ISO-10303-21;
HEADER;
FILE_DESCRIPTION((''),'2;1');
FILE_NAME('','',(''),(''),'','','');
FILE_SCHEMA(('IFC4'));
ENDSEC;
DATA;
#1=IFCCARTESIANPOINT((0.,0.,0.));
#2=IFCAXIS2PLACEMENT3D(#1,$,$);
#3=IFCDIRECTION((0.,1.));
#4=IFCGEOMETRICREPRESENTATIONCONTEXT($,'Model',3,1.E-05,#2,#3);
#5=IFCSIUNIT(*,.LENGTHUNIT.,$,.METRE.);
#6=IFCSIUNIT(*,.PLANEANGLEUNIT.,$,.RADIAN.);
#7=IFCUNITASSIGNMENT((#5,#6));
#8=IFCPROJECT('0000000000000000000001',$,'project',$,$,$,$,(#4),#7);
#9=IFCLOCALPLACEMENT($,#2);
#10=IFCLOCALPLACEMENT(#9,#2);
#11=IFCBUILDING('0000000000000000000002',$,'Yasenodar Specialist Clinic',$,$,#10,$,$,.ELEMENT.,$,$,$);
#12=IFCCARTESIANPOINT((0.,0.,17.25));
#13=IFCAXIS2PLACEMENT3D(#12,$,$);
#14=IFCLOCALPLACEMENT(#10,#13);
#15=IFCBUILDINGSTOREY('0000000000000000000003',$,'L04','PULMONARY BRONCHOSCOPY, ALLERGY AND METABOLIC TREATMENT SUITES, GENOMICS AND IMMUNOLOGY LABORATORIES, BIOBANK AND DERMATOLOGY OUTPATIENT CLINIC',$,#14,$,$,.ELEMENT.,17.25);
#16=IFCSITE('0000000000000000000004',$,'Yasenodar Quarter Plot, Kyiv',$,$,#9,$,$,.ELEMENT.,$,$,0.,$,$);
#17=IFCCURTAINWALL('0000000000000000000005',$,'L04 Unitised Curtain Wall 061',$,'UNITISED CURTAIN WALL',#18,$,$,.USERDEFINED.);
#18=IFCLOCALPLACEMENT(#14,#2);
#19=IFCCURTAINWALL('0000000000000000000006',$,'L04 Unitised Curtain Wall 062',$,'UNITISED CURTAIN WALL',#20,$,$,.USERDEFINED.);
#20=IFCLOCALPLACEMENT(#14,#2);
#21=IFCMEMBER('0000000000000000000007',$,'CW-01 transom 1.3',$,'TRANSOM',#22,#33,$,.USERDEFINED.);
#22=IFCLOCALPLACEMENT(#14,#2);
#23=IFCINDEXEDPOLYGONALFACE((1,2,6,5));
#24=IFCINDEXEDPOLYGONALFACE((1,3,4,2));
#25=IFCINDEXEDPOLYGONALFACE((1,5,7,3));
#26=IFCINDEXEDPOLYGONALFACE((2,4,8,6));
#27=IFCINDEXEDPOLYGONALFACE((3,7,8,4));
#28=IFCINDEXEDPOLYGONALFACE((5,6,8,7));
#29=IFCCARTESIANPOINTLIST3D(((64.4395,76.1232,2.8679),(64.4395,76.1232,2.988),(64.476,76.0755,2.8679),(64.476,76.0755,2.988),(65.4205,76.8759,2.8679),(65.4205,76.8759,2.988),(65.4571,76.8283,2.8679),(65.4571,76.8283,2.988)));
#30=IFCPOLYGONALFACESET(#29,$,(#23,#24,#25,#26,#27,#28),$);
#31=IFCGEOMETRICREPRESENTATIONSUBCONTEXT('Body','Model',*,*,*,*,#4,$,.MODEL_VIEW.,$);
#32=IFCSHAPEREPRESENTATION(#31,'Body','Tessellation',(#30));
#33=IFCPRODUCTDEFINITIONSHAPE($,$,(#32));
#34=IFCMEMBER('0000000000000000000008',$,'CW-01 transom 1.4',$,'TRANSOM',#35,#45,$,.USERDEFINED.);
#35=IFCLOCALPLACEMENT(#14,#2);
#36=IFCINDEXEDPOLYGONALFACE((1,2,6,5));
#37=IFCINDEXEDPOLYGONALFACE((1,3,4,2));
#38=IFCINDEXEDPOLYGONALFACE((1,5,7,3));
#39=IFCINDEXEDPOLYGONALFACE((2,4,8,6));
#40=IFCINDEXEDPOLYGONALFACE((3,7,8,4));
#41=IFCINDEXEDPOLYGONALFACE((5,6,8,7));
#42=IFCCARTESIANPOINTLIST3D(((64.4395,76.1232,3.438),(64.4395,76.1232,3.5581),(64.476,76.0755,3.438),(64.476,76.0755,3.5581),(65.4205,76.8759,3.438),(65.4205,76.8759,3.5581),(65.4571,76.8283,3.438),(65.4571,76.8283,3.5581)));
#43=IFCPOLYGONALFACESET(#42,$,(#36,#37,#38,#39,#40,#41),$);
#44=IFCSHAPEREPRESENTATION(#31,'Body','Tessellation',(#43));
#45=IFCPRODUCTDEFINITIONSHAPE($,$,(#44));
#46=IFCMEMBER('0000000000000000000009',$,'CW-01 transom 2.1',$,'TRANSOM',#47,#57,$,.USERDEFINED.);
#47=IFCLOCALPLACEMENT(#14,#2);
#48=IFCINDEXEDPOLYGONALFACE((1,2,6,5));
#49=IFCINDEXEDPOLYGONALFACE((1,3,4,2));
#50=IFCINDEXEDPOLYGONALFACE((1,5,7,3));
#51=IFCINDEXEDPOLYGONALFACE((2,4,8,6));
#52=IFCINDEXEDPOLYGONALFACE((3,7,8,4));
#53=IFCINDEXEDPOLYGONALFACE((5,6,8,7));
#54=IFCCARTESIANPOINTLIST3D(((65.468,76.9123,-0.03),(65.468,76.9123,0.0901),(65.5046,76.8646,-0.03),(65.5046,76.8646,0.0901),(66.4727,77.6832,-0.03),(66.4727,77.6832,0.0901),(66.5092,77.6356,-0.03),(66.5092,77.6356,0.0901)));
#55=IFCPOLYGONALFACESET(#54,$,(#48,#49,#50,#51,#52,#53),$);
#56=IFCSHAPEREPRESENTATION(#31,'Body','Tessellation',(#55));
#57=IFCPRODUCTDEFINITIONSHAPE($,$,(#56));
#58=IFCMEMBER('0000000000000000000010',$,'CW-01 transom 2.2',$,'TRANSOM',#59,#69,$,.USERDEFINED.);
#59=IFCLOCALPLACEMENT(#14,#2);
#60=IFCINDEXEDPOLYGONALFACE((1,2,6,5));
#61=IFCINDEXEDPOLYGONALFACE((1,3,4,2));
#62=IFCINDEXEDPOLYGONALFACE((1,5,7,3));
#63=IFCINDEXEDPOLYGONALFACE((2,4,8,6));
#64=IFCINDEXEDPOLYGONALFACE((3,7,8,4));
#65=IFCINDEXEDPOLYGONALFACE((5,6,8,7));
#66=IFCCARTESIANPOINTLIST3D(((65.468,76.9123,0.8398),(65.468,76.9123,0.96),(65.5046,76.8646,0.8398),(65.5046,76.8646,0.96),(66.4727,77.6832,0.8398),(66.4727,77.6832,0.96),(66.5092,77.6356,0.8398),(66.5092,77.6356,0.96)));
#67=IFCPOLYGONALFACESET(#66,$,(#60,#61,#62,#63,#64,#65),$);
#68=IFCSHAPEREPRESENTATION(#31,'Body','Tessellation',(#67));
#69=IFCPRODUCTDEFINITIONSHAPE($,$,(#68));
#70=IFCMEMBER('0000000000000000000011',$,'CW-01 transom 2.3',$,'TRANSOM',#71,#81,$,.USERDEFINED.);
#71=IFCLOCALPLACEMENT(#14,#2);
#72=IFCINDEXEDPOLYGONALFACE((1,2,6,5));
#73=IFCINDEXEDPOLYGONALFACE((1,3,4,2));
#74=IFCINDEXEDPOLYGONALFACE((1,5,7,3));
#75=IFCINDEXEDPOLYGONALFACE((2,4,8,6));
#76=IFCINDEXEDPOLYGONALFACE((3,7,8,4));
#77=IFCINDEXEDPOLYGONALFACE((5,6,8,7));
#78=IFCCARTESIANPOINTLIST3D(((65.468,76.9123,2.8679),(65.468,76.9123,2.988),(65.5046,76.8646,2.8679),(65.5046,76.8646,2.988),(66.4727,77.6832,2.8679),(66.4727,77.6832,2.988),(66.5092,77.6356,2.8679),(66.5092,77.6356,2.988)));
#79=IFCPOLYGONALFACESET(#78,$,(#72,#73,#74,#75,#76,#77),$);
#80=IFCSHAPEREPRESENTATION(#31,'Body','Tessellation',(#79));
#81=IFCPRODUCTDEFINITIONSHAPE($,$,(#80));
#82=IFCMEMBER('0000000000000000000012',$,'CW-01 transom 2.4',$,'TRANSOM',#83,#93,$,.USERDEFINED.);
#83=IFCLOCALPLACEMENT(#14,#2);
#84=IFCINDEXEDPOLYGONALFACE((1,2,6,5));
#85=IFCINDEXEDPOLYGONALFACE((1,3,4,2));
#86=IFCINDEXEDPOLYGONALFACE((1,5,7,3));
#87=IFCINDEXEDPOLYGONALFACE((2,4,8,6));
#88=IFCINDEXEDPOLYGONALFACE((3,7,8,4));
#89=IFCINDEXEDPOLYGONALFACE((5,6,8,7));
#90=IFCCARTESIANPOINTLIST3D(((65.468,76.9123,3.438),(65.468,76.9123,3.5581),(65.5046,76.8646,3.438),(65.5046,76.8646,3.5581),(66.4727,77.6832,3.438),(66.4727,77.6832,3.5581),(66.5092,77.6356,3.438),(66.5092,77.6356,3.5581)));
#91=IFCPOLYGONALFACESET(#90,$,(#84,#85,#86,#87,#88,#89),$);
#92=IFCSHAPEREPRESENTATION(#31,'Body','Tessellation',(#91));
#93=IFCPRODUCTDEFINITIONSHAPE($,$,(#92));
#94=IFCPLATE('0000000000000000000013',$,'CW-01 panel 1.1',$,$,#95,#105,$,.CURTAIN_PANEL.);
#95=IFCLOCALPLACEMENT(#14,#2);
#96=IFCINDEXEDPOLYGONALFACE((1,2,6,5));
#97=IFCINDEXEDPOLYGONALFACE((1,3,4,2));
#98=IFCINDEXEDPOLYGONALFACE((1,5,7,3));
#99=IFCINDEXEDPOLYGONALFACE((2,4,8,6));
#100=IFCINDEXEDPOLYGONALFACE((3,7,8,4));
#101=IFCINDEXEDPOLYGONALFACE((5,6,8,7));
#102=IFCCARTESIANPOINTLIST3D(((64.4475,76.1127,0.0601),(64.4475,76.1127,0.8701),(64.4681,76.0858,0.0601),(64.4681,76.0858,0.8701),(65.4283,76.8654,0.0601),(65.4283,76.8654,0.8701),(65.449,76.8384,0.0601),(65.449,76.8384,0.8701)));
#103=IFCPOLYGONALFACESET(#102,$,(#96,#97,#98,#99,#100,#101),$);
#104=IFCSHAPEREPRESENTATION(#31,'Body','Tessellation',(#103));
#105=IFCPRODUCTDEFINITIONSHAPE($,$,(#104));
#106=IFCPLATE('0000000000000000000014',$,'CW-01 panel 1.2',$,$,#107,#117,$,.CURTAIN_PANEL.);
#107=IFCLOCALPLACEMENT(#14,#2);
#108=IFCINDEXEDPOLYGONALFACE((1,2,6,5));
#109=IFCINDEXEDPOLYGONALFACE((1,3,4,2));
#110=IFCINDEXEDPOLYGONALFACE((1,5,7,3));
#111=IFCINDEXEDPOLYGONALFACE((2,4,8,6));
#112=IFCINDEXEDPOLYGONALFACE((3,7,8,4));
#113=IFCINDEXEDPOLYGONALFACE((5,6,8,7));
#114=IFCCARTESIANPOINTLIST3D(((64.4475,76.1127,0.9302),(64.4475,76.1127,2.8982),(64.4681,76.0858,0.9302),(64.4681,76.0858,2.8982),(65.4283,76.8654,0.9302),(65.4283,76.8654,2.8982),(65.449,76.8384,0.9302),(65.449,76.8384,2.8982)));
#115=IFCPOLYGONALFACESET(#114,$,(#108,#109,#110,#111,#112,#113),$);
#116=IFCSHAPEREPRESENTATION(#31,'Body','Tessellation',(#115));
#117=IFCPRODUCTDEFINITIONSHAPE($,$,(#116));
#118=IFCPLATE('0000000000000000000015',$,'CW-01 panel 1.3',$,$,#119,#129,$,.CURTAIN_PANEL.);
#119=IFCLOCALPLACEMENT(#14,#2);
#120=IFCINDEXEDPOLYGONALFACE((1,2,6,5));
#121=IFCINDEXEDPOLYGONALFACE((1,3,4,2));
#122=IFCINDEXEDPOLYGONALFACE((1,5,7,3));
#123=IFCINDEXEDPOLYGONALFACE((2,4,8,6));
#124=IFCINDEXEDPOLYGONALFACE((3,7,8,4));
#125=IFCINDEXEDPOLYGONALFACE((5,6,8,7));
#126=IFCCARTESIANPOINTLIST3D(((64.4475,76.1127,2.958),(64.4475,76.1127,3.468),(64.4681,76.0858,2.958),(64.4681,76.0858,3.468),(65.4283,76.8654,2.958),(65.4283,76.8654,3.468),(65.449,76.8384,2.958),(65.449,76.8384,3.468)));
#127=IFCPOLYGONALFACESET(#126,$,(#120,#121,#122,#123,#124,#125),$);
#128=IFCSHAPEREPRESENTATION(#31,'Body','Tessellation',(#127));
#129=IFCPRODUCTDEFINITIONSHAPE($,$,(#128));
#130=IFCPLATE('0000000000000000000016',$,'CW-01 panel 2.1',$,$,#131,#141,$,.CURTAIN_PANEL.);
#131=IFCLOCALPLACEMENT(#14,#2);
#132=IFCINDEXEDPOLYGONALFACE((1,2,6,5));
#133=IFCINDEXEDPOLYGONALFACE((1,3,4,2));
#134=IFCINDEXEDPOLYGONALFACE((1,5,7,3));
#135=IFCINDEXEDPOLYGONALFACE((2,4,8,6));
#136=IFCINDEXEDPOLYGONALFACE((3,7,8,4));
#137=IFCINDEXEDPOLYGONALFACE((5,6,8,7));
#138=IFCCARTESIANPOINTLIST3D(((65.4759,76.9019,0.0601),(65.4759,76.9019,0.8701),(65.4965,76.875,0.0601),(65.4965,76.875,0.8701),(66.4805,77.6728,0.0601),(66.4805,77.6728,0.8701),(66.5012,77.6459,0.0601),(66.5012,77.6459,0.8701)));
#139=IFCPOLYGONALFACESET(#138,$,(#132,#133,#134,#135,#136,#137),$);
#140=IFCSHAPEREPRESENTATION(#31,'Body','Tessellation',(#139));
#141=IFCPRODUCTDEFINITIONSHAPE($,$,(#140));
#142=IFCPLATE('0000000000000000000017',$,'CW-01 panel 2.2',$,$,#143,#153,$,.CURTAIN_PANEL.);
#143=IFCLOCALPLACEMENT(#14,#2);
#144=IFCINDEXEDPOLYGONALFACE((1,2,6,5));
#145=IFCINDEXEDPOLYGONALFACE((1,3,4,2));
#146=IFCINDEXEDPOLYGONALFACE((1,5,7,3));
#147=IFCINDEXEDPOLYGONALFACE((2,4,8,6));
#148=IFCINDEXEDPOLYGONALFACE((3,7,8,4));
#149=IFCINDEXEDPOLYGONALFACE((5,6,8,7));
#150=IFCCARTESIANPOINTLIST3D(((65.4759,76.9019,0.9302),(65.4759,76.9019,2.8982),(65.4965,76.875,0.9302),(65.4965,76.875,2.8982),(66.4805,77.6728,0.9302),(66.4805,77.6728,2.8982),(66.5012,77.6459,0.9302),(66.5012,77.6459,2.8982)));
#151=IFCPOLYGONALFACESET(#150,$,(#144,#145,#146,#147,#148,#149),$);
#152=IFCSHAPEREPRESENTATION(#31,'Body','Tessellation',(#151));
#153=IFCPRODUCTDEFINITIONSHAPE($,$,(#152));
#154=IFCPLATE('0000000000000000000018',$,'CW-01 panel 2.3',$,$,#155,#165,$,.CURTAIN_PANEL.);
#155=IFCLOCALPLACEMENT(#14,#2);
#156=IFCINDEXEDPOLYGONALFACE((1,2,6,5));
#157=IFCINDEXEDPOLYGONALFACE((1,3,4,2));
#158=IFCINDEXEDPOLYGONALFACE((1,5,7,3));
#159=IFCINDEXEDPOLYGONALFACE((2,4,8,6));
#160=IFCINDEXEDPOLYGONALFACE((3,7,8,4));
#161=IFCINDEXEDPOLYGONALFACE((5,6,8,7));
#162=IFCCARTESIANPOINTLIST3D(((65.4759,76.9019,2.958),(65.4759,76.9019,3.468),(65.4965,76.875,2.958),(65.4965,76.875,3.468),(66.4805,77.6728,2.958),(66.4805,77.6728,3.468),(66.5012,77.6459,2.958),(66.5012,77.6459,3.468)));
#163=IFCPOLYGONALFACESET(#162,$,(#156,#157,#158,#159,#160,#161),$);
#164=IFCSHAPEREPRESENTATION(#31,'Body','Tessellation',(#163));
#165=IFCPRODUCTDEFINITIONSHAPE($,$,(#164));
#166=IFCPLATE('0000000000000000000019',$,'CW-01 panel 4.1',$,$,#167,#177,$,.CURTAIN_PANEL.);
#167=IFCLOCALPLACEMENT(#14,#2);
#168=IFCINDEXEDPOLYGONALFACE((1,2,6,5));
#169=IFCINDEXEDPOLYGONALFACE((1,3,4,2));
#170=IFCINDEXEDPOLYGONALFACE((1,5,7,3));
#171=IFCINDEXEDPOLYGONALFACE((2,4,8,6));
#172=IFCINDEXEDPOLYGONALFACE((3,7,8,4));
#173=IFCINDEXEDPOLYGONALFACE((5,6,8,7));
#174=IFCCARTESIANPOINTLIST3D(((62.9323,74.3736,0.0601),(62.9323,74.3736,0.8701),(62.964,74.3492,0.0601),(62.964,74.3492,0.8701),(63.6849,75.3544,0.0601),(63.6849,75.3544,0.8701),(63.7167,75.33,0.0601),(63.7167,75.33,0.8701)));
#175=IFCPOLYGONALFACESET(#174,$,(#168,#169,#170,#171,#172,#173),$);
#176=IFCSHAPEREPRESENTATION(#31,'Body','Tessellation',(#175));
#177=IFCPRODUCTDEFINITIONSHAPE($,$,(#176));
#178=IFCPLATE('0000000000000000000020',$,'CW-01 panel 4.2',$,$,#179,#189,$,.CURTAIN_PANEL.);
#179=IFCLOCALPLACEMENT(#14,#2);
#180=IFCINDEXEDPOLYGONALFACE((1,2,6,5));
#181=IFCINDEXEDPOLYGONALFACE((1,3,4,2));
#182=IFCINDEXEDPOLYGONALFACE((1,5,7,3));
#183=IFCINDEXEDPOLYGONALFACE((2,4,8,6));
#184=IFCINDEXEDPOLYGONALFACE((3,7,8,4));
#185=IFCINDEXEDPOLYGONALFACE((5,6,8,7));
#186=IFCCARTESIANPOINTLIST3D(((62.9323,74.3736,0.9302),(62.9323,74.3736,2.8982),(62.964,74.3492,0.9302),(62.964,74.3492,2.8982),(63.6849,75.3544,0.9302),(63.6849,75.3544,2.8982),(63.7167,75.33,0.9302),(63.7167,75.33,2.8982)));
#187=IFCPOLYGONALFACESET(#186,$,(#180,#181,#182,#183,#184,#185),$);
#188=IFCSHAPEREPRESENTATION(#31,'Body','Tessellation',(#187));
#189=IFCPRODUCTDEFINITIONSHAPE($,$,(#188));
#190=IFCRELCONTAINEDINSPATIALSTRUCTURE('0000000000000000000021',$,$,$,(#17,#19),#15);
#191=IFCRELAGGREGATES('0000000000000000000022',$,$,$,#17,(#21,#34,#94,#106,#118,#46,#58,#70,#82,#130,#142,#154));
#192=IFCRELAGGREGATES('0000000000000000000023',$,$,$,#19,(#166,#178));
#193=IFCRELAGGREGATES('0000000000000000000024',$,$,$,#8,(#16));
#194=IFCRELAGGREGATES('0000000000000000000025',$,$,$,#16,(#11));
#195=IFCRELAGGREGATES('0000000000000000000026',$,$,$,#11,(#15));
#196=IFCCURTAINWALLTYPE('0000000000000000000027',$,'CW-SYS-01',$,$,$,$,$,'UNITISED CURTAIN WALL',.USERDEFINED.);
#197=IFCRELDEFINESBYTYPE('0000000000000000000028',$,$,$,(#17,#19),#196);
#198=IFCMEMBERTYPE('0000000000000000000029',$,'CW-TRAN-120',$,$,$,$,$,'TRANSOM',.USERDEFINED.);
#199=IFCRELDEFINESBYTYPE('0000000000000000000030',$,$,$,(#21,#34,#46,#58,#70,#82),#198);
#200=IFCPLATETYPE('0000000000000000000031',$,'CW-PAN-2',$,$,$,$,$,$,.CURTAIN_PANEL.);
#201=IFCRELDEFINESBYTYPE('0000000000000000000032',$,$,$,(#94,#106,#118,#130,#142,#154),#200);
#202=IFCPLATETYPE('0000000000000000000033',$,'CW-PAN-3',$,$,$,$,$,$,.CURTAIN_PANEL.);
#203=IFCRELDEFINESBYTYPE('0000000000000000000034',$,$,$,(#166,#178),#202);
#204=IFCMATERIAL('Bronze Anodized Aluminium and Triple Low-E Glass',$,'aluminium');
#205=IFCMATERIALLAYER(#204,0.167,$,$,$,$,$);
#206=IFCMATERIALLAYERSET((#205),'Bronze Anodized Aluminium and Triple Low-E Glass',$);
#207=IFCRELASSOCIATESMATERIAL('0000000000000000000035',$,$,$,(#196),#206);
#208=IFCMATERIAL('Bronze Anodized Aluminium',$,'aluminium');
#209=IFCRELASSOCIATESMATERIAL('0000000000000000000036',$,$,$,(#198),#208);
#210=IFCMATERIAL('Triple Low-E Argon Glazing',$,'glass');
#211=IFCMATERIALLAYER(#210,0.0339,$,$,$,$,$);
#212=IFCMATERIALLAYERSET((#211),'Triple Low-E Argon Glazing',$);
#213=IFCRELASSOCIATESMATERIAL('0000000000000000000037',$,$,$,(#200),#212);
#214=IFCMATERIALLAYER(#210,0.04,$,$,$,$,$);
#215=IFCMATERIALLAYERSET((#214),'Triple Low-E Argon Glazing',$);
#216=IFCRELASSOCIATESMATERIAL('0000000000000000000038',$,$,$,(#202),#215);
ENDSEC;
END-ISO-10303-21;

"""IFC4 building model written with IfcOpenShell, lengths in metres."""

from ifc_helpers import new_model, si_unit, direction, frame, origin, origin_2d, place, context, subcontext, project, spatial, rectangle, extrude, material, layer, layer_set, material_profile, profile_set, type_object, element, aggregate, save


model = new_model("IFC4")

# Units and contexts
model_context = context("Model", 3, precision=1e-05, world=origin(), true_north=direction((0.0, 1.0)))
body_context = subcontext(model_context, "Body", "Model", "MODEL_VIEW")
ifc_project = project(units=[si_unit("LENGTHUNIT", "METRE"), si_unit("PLANEANGLEUNIT", "RADIAN")], contexts=[model_context])

# Site, building, storey
site_placement = place(None, origin())
site = spatial("IfcSite", under=ifc_project, at=site_placement, Name="Yasenodar Quarter Plot, Kyiv", CompositionType="ELEMENT", RefElevation=0.0)
building_placement = place(site_placement, origin())
building = spatial("IfcBuilding", under=site, at=building_placement, Name="Yasenodar Specialist Clinic", CompositionType="ELEMENT")
storey_placement = place(building_placement, frame((0.0, 0.0, 17.25)))
storey = spatial("IfcBuildingStorey", under=building, at=storey_placement, Name="L04", Description="PULMONARY BRONCHOSCOPY, ALLERGY AND METABOLIC TREATMENT SUITES, GENOMICS AND IMMUNOLOGY LABORATORIES, BIOBANK AND DERMATOLOGY OUTPATIENT CLINIC", CompositionType="ELEMENT", Elevation=17.25)

# Curtain wall
ifc_material_1 = material(Name="Bronze Anodized Aluminium and Triple Low-E Glass", Category="aluminium")
ifc_layer_1 = layer(ifc_material_1, 0.167)
ifc_layer_set_1 = layer_set([ifc_layer_1], Name="Bronze Anodized Aluminium and Triple Low-E Glass")
curtain_wall_type = type_object("IfcCurtainWallType", Name="CW-SYS-01", ElementType="UNITISED CURTAIN WALL", PredefinedType="USERDEFINED", material=ifc_layer_set_1)
curtain_wall_1_placement = place(storey_placement, origin())
curtain_wall_1 = element("IfcCurtainWall", 1, at=curtain_wall_1_placement, inside=storey, type_object=curtain_wall_type, Name="L04 Unitised Curtain Wall 061", ObjectType="UNITISED CURTAIN WALL", PredefinedType="USERDEFINED")
ifc_material_2 = material(Name="Bronze Anodized Aluminium", Category="aluminium")

# Curtain wall
curtain_wall_2_placement = place(storey_placement, origin())
curtain_wall_2 = element("IfcCurtainWall", 2, at=curtain_wall_2_placement, inside=storey, type_object=curtain_wall_type, Name="L04 Unitised Curtain Wall 062", ObjectType="UNITISED CURTAIN WALL", PredefinedType="USERDEFINED")

# Members
ifc_material_profile_1 = material_profile(ifc_material_2, rectangle(XDim=0.0601, YDim=0.1201, at=origin_2d()), Name="CW-TRAN 60x120")
ifc_profile_set_1 = profile_set([ifc_material_profile_1], Name="Bronze Anodized Aluminium")
member_type_1 = type_object("IfcMemberType", Name="CW-TRAN-120", ElementType="TRANSOM", PredefinedType="USERDEFINED", material=ifc_profile_set_1)
member_1_placement = place(storey_placement, frame((64.4578, 76.0994, 2.928), z_axis=(0.793365, 0.608747, 0.0), x_axis=(-0.608747, 0.793365, 0.0)))
member_1 = element("IfcMember", 3, at=member_1_placement, type_object=member_type_1, Name="CW-01 transom 1.3", ObjectType="TRANSOM", PredefinedType="USERDEFINED", context=body_context, shape_type="SweptSolid", body=[
    extrude(rectangle(XDim=0.0601, YDim=0.1201, at=origin_2d()), origin(), (0.0, 0.0, 1.0), 1.2366),
])
member_2_placement = place(storey_placement, frame((64.4578, 76.0994, 3.498), z_axis=(0.793365, 0.608747, 0.0), x_axis=(-0.608747, 0.793365, 0.0)))
member_2 = element("IfcMember", 4, at=member_2_placement, type_object=member_type_1, Name="CW-01 transom 1.4", ObjectType="TRANSOM", PredefinedType="USERDEFINED", context=body_context, shape_type="SweptSolid", body=[
    extrude(rectangle(XDim=0.0601, YDim=0.1201, at=origin_2d()), origin(), (0.0, 0.0, 1.0), 1.2366),
])
member_3_placement = place(storey_placement, frame((65.4863, 76.8884, 0.03), z_axis=(0.793311, 0.608816, 0.0), x_axis=(-0.608816, 0.793311, 0.0)))
member_3 = element("IfcMember", 5, at=member_3_placement, type_object=member_type_1, Name="CW-01 transom 2.1", ObjectType="TRANSOM", PredefinedType="USERDEFINED", context=body_context, shape_type="SweptSolid", body=[
    extrude(rectangle(XDim=0.0601, YDim=0.1201, at=origin_2d()), origin(), (0.0, 0.0, 1.0), 1.2664),
])
member_4_placement = place(storey_placement, frame((65.4863, 76.8884, 0.8999), z_axis=(0.793311, 0.608816, 0.0), x_axis=(-0.608816, 0.793311, 0.0)))
member_4 = element("IfcMember", 6, at=member_4_placement, type_object=member_type_1, Name="CW-01 transom 2.2", ObjectType="TRANSOM", PredefinedType="USERDEFINED", context=body_context, shape_type="SweptSolid", body=[
    extrude(rectangle(XDim=0.0601, YDim=0.1201, at=origin_2d()), origin(), (0.0, 0.0, 1.0), 1.2664),
])
member_5_placement = place(storey_placement, frame((65.4863, 76.8884, 2.928), z_axis=(0.793311, 0.608816, 0.0), x_axis=(-0.608816, 0.793311, 0.0)))
member_5 = element("IfcMember", 7, at=member_5_placement, type_object=member_type_1, Name="CW-01 transom 2.3", ObjectType="TRANSOM", PredefinedType="USERDEFINED", context=body_context, shape_type="SweptSolid", body=[
    extrude(rectangle(XDim=0.0601, YDim=0.1201, at=origin_2d()), origin(), (0.0, 0.0, 1.0), 1.2664),
])
member_6_placement = place(storey_placement, frame((65.4863, 76.8884, 3.498), z_axis=(0.793311, 0.608816, 0.0), x_axis=(-0.608816, 0.793311, 0.0)))
member_6 = element("IfcMember", 8, at=member_6_placement, type_object=member_type_1, Name="CW-01 transom 2.4", ObjectType="TRANSOM", PredefinedType="USERDEFINED", context=body_context, shape_type="SweptSolid", body=[
    extrude(rectangle(XDim=0.0601, YDim=0.1201, at=origin_2d()), origin(), (0.0, 0.0, 1.0), 1.2664),
])

# Plates
ifc_material_3 = material(Name="Triple Low-E Argon Glazing", Category="glass")
ifc_layer_2 = layer(ifc_material_3, 0.0339)
ifc_layer_set_2 = layer_set([ifc_layer_2], Name="Triple Low-E Argon Glazing")
plate_type_1 = type_object("IfcPlateType", Name="CW-PAN-2", PredefinedType="CURTAIN_PANEL", material=ifc_layer_set_2)
plate_1_placement = place(storey_placement, frame((64.9482, 76.4756, 0.0601), z_axis=(0.0, 0.0, 1.0), x_axis=(0.793361, 0.608752, 0.0)))
plate_1 = element("IfcPlate", 9, at=plate_1_placement, type_object=plate_type_1, Name="CW-01 panel 1.1", PredefinedType="CURTAIN_PANEL", context=body_context, shape_type="SweptSolid", body=[
    extrude(rectangle(XDim=1.2363, YDim=0.0339, at=origin_2d()), origin(), (0.0, 0.0, 1.0), 0.8101),
])
plate_2_placement = place(storey_placement, frame((64.9482, 76.4756, 0.9302), z_axis=(0.0, 0.0, 1.0), x_axis=(0.793361, 0.608752, 0.0)))
plate_2 = element("IfcPlate", 10, at=plate_2_placement, type_object=plate_type_1, Name="CW-01 panel 1.2", PredefinedType="CURTAIN_PANEL", context=body_context, shape_type="SweptSolid", body=[
    extrude(rectangle(XDim=1.2363, YDim=0.0339, at=origin_2d()), origin(), (0.0, 0.0, 1.0), 1.968),
])
plate_3_placement = place(storey_placement, frame((64.9482, 76.4756, 2.958), z_axis=(0.0, 0.0, 1.0), x_axis=(0.793361, 0.608752, 0.0)))
plate_3 = element("IfcPlate", 11, at=plate_3_placement, type_object=plate_type_1, Name="CW-01 panel 1.3", PredefinedType="CURTAIN_PANEL", context=body_context, shape_type="SweptSolid", body=[
    extrude(rectangle(XDim=1.2363, YDim=0.0339, at=origin_2d()), origin(), (0.0, 0.0, 1.0), 0.51),
])
plate_4_placement = place(storey_placement, frame((65.9885, 77.2739, 0.0601), z_axis=(0.0, 0.0, 1.0), x_axis=(0.793361, 0.608752, 0.0)))
plate_4 = element("IfcPlate", 12, at=plate_4_placement, type_object=plate_type_1, Name="CW-01 panel 2.1", PredefinedType="CURTAIN_PANEL", context=body_context, shape_type="SweptSolid", body=[
    extrude(rectangle(XDim=1.2664, YDim=0.0339, at=origin_2d()), origin(), (0.0, 0.0, 1.0), 0.8101),
])
plate_5_placement = place(storey_placement, frame((65.9885, 77.2739, 0.9302), z_axis=(0.0, 0.0, 1.0), x_axis=(0.793361, 0.608752, 0.0)))
plate_5 = element("IfcPlate", 13, at=plate_5_placement, type_object=plate_type_1, Name="CW-01 panel 2.2", PredefinedType="CURTAIN_PANEL", context=body_context, shape_type="SweptSolid", body=[
    extrude(rectangle(XDim=1.2664, YDim=0.0339, at=origin_2d()), origin(), (0.0, 0.0, 1.0), 1.968),
])
plate_6_placement = place(storey_placement, frame((65.9885, 77.2739, 2.958), z_axis=(0.0, 0.0, 1.0), x_axis=(0.793361, 0.608752, 0.0)))
plate_6 = element("IfcPlate", 14, at=plate_6_placement, type_object=plate_type_1, Name="CW-01 panel 2.3", PredefinedType="CURTAIN_PANEL", context=body_context, shape_type="SweptSolid", body=[
    extrude(rectangle(XDim=1.2664, YDim=0.0339, at=origin_2d()), origin(), (0.0, 0.0, 1.0), 0.51),
])
aggregate(curtain_wall_1, [member_1, member_2, plate_1, plate_2, plate_3, member_3, member_4, member_5, member_6, plate_4, plate_5, plate_6])
ifc_layer_3 = layer(ifc_material_3, 0.04)
ifc_layer_set_3 = layer_set([ifc_layer_3], Name="Triple Low-E Argon Glazing")
plate_type_2 = type_object("IfcPlateType", Name="CW-PAN-3", PredefinedType="CURTAIN_PANEL", material=ifc_layer_set_3)
plate_7_placement = place(storey_placement, frame((63.3245, 74.8518, 0.0601), z_axis=(0.0, 0.0, 1.0), x_axis=(0.608752, 0.793361, 0.0)))
plate_7 = element("IfcPlate", 15, at=plate_7_placement, type_object=plate_type_2, Name="CW-01 panel 4.1", PredefinedType="CURTAIN_PANEL", context=body_context, shape_type="SweptSolid", body=[
    extrude(rectangle(XDim=1.2363, YDim=0.04, at=origin_2d()), origin(), (0.0, 0.0, 1.0), 0.8101),
])
plate_8_placement = place(storey_placement, frame((63.3245, 74.8518, 0.9302), z_axis=(0.0, 0.0, 1.0), x_axis=(0.608752, 0.793361, 0.0)))
plate_8 = element("IfcPlate", 16, at=plate_8_placement, type_object=plate_type_2, Name="CW-01 panel 4.2", PredefinedType="CURTAIN_PANEL", context=body_context, shape_type="SweptSolid", body=[
    extrude(rectangle(XDim=1.2363, YDim=0.04, at=origin_2d()), origin(), (0.0, 0.0, 1.0), 1.968),
])
aggregate(curtain_wall_2, [plate_7, plate_8])

save(model, "model.ifc")
